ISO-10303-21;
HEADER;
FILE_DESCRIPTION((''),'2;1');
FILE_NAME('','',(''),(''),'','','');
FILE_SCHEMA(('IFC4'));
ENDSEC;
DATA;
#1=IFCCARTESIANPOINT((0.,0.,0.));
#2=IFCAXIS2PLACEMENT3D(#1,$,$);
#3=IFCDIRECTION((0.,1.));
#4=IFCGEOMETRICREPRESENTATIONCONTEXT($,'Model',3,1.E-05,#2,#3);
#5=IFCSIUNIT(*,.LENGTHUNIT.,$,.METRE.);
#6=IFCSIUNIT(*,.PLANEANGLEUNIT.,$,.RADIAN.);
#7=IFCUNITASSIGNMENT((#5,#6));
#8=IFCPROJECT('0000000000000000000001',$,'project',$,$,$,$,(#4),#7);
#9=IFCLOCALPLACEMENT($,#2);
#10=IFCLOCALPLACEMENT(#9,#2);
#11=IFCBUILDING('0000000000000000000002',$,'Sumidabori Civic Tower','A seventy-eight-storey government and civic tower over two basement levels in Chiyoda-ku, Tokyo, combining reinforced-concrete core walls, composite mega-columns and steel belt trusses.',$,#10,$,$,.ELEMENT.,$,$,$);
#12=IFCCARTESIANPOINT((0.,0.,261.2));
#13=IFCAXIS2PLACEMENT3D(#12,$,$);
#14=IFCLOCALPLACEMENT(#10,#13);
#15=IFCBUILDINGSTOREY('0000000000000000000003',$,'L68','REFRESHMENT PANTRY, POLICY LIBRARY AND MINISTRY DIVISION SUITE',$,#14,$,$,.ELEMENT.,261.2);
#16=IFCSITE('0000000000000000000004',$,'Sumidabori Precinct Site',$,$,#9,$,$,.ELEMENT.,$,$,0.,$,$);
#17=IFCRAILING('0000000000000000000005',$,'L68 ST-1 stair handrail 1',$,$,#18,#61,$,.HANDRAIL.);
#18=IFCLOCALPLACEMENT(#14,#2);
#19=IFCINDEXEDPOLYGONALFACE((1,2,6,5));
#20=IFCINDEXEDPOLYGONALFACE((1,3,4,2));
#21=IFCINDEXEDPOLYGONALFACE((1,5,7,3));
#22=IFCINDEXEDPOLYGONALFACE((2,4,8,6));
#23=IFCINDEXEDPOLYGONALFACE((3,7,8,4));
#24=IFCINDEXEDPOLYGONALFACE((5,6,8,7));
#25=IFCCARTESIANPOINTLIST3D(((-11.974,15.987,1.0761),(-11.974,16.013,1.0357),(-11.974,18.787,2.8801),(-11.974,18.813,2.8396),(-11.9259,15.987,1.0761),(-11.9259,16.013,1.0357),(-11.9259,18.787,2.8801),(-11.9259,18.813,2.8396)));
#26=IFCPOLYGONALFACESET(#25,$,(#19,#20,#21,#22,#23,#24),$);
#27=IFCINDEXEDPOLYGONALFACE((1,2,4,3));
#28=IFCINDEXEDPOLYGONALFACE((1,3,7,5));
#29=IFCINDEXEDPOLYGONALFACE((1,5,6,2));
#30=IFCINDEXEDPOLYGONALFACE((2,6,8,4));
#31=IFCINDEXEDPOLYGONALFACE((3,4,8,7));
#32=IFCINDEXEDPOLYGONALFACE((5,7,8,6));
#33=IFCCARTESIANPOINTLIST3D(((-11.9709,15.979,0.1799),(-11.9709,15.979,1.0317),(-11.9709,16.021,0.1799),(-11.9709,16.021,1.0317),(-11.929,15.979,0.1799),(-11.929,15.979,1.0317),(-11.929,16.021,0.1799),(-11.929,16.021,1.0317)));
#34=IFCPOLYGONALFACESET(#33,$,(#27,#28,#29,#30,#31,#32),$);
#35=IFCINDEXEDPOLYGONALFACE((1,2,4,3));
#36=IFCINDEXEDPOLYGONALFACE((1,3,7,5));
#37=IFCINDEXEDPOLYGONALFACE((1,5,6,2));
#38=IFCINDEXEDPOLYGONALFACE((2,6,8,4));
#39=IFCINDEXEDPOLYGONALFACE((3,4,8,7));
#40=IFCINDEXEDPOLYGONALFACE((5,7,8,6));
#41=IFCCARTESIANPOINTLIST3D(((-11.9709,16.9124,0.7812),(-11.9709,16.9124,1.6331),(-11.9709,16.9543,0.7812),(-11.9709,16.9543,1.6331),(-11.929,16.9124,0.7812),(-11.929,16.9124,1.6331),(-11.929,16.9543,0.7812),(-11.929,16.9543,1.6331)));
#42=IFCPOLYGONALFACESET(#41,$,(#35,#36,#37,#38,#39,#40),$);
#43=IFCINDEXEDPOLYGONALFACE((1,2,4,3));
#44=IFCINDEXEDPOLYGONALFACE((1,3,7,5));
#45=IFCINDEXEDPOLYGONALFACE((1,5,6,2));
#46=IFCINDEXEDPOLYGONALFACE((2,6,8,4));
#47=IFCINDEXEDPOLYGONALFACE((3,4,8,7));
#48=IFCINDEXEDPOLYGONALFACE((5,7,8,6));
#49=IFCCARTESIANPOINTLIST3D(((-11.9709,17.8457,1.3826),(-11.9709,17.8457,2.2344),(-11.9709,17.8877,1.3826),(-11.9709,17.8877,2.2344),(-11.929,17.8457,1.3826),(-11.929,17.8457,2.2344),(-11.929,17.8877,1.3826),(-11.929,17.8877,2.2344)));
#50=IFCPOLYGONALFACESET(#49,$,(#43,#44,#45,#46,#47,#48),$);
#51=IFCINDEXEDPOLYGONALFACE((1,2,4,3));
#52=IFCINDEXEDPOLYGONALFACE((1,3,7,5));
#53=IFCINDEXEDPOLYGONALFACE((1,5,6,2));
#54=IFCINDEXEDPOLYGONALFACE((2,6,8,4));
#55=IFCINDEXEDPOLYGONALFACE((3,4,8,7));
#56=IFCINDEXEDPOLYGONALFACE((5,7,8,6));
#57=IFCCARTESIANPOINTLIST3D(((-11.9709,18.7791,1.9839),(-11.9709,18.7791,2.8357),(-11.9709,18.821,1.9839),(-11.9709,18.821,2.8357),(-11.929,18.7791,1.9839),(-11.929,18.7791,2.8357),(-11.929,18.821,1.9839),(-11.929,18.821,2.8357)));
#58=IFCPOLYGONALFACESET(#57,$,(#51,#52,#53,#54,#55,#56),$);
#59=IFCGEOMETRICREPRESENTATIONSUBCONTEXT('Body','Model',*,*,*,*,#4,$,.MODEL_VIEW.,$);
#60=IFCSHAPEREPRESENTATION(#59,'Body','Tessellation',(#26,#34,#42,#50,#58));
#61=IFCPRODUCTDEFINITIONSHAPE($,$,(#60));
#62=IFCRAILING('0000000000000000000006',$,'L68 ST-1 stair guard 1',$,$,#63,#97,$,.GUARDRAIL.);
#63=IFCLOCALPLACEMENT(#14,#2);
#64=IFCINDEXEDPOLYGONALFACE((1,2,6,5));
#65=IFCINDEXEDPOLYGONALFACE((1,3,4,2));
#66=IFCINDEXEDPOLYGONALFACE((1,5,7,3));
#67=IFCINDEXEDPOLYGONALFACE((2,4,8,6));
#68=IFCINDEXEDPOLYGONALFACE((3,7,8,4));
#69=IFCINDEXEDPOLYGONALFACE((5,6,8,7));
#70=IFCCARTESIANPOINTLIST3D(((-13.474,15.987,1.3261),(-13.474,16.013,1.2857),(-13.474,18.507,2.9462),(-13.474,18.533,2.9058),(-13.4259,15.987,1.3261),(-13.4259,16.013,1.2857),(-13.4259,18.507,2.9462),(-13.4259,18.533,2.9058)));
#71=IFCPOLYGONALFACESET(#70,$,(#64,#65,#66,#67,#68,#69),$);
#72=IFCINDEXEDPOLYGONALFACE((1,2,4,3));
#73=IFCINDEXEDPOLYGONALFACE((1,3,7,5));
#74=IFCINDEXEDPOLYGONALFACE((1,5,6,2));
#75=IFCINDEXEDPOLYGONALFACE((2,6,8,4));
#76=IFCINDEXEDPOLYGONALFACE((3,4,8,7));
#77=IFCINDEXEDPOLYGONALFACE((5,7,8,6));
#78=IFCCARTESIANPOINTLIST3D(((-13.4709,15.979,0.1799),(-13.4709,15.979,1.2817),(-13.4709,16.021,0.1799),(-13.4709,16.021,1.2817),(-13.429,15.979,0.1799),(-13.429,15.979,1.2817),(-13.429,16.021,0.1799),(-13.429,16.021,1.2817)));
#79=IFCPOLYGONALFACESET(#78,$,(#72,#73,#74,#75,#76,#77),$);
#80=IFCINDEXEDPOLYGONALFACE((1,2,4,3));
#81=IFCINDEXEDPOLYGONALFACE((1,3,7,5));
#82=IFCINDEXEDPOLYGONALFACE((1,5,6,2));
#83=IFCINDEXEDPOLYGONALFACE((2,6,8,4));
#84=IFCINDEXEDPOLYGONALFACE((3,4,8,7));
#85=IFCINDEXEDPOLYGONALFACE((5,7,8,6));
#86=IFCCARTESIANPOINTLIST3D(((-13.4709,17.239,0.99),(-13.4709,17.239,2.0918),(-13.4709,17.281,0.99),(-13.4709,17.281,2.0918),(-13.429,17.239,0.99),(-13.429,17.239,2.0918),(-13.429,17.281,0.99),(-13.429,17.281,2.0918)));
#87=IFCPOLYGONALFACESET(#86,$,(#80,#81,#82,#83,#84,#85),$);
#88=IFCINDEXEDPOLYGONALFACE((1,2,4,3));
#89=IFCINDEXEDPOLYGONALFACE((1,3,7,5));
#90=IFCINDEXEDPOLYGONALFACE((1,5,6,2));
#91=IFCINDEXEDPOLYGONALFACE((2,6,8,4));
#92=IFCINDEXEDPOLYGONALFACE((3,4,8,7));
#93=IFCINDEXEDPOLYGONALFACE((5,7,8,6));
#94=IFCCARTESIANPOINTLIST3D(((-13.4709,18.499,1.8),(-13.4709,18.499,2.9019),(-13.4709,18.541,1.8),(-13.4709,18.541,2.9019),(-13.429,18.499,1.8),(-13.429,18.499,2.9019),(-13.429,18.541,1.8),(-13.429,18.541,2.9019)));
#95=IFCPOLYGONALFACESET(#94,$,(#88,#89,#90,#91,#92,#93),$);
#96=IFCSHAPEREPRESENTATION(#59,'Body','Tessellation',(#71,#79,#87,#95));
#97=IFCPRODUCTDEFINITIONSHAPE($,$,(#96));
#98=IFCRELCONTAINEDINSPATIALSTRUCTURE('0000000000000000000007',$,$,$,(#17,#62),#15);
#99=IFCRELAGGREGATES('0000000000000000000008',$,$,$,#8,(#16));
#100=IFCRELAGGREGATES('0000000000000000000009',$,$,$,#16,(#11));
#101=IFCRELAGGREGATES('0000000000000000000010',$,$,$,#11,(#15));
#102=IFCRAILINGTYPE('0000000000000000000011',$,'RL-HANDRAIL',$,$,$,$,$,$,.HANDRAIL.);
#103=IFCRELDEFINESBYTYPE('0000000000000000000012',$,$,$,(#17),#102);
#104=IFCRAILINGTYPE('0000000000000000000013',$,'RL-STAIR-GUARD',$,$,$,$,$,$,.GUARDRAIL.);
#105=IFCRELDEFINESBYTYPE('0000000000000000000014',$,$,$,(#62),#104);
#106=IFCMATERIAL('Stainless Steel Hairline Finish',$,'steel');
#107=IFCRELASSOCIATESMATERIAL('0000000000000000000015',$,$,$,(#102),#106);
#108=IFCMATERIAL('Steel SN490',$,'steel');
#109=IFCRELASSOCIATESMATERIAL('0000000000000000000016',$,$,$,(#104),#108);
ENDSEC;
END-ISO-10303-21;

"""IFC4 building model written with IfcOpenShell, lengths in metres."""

from ifc_helpers import new_model, si_unit, direction, frame, origin, origin_2d, place, context, subcontext, project, spatial, rectangle, extrude, material, type_object, element, save


model = new_model("IFC4")

# Units and contexts
model_context = context("Model", 3, precision=1e-05, world=origin(), true_north=direction((0.0, 1.0)))
body_context = subcontext(model_context, "Body", "Model", "MODEL_VIEW")
ifc_project = project(units=[si_unit("LENGTHUNIT", "METRE"), si_unit("PLANEANGLEUNIT", "RADIAN")], contexts=[model_context])

# Site, building, storey
site_placement = place(None, origin())
site = spatial("IfcSite", under=ifc_project, at=site_placement, Name="Sumidabori Precinct Site", CompositionType="ELEMENT", RefElevation=0.0)
building_placement = place(site_placement, origin())
building = spatial("IfcBuilding", under=site, at=building_placement, Name="Sumidabori Civic Tower", Description="A seventy-eight-storey government and civic tower over two basement levels in Chiyoda-ku, Tokyo, combining reinforced-concrete core walls, composite mega-columns and steel belt trusses.", CompositionType="ELEMENT")
storey_placement = place(building_placement, frame((0.0, 0.0, 261.2)))
storey = spatial("IfcBuildingStorey", under=building, at=storey_placement, Name="L68", Description="REFRESHMENT PANTRY, POLICY LIBRARY AND MINISTRY DIVISION SUITE", CompositionType="ELEMENT", Elevation=261.2)

# Shared definitions
ifc_material_1 = material(Name="Stainless Steel Hairline Finish", Category="steel")

# Shared definitions
ifc_material_2 = material(Name="Steel SN490", Category="steel")

# Railings
railing_type_1 = type_object("IfcRailingType", Name="RL-HANDRAIL", PredefinedType="HANDRAIL", material=ifc_material_1)
railing_1_placement = place(storey_placement, frame((-11.95, 16.0, 0.1799)))
element("IfcRailing", 1, at=railing_1_placement, inside=storey, type_object=railing_type_1, Name="L68 ST-1 stair handrail 1", PredefinedType="HANDRAIL", context=body_context, shape_type="SweptSolid", body=[
    extrude(rectangle(XDim=0.0481, YDim=0.0481, at=origin_2d()), frame((0.0, 0.0, 0.876), z_axis=(0.0, 0.840642, 0.541591), x_axis=(-1.0, 0.0, 0.0)), (0.0, 0.0, 1.0), 3.3308),
    extrude(rectangle(XDim=0.042, YDim=0.042, at=origin_2d()), origin(), (0.0, 0.0, 1.0), 0.8518),
    extrude(rectangle(XDim=0.042, YDim=0.042, at=origin_2d()), frame((0.0, 0.9333, 0.6013)), (0.0, 0.0, 1.0), 0.8518),
    extrude(rectangle(XDim=0.042, YDim=0.042, at=origin_2d()), frame((0.0, 1.8667, 1.2026)), (0.0, 0.0, 1.0), 0.8518),
    extrude(rectangle(XDim=0.042, YDim=0.042, at=origin_2d()), frame((0.0, 2.8, 1.804)), (0.0, 0.0, 1.0), 0.8518),
])
railing_type_2 = type_object("IfcRailingType", Name="RL-STAIR-GUARD", PredefinedType="GUARDRAIL", material=ifc_material_2)
railing_2_placement = place(storey_placement, frame((-13.45, 16.0, 0.1799)))
element("IfcRailing", 2, at=railing_2_placement, inside=storey, type_object=railing_type_2, Name="L68 ST-1 stair guard 1", PredefinedType="GUARDRAIL", context=body_context, shape_type="SweptSolid", body=[
    extrude(rectangle(XDim=0.0481, YDim=0.0481, at=origin_2d()), frame((0.0, 0.0, 1.126), z_axis=(0.0, 0.841163, 0.540782), x_axis=(-1.0, 0.0, 0.0)), (0.0, 0.0, 1.0), 2.9958),
    extrude(rectangle(XDim=0.042, YDim=0.042, at=origin_2d()), origin(), (0.0, 0.0, 1.0), 1.1018),
    extrude(rectangle(XDim=0.042, YDim=0.042, at=origin_2d()), frame((0.0, 1.26, 0.8101)), (0.0, 0.0, 1.0), 1.1018),
    extrude(rectangle(XDim=0.042, YDim=0.042, at=origin_2d()), frame((0.0, 2.52, 1.6201)), (0.0, 0.0, 1.0), 1.1018),
])

save(model, "model.ifc")
